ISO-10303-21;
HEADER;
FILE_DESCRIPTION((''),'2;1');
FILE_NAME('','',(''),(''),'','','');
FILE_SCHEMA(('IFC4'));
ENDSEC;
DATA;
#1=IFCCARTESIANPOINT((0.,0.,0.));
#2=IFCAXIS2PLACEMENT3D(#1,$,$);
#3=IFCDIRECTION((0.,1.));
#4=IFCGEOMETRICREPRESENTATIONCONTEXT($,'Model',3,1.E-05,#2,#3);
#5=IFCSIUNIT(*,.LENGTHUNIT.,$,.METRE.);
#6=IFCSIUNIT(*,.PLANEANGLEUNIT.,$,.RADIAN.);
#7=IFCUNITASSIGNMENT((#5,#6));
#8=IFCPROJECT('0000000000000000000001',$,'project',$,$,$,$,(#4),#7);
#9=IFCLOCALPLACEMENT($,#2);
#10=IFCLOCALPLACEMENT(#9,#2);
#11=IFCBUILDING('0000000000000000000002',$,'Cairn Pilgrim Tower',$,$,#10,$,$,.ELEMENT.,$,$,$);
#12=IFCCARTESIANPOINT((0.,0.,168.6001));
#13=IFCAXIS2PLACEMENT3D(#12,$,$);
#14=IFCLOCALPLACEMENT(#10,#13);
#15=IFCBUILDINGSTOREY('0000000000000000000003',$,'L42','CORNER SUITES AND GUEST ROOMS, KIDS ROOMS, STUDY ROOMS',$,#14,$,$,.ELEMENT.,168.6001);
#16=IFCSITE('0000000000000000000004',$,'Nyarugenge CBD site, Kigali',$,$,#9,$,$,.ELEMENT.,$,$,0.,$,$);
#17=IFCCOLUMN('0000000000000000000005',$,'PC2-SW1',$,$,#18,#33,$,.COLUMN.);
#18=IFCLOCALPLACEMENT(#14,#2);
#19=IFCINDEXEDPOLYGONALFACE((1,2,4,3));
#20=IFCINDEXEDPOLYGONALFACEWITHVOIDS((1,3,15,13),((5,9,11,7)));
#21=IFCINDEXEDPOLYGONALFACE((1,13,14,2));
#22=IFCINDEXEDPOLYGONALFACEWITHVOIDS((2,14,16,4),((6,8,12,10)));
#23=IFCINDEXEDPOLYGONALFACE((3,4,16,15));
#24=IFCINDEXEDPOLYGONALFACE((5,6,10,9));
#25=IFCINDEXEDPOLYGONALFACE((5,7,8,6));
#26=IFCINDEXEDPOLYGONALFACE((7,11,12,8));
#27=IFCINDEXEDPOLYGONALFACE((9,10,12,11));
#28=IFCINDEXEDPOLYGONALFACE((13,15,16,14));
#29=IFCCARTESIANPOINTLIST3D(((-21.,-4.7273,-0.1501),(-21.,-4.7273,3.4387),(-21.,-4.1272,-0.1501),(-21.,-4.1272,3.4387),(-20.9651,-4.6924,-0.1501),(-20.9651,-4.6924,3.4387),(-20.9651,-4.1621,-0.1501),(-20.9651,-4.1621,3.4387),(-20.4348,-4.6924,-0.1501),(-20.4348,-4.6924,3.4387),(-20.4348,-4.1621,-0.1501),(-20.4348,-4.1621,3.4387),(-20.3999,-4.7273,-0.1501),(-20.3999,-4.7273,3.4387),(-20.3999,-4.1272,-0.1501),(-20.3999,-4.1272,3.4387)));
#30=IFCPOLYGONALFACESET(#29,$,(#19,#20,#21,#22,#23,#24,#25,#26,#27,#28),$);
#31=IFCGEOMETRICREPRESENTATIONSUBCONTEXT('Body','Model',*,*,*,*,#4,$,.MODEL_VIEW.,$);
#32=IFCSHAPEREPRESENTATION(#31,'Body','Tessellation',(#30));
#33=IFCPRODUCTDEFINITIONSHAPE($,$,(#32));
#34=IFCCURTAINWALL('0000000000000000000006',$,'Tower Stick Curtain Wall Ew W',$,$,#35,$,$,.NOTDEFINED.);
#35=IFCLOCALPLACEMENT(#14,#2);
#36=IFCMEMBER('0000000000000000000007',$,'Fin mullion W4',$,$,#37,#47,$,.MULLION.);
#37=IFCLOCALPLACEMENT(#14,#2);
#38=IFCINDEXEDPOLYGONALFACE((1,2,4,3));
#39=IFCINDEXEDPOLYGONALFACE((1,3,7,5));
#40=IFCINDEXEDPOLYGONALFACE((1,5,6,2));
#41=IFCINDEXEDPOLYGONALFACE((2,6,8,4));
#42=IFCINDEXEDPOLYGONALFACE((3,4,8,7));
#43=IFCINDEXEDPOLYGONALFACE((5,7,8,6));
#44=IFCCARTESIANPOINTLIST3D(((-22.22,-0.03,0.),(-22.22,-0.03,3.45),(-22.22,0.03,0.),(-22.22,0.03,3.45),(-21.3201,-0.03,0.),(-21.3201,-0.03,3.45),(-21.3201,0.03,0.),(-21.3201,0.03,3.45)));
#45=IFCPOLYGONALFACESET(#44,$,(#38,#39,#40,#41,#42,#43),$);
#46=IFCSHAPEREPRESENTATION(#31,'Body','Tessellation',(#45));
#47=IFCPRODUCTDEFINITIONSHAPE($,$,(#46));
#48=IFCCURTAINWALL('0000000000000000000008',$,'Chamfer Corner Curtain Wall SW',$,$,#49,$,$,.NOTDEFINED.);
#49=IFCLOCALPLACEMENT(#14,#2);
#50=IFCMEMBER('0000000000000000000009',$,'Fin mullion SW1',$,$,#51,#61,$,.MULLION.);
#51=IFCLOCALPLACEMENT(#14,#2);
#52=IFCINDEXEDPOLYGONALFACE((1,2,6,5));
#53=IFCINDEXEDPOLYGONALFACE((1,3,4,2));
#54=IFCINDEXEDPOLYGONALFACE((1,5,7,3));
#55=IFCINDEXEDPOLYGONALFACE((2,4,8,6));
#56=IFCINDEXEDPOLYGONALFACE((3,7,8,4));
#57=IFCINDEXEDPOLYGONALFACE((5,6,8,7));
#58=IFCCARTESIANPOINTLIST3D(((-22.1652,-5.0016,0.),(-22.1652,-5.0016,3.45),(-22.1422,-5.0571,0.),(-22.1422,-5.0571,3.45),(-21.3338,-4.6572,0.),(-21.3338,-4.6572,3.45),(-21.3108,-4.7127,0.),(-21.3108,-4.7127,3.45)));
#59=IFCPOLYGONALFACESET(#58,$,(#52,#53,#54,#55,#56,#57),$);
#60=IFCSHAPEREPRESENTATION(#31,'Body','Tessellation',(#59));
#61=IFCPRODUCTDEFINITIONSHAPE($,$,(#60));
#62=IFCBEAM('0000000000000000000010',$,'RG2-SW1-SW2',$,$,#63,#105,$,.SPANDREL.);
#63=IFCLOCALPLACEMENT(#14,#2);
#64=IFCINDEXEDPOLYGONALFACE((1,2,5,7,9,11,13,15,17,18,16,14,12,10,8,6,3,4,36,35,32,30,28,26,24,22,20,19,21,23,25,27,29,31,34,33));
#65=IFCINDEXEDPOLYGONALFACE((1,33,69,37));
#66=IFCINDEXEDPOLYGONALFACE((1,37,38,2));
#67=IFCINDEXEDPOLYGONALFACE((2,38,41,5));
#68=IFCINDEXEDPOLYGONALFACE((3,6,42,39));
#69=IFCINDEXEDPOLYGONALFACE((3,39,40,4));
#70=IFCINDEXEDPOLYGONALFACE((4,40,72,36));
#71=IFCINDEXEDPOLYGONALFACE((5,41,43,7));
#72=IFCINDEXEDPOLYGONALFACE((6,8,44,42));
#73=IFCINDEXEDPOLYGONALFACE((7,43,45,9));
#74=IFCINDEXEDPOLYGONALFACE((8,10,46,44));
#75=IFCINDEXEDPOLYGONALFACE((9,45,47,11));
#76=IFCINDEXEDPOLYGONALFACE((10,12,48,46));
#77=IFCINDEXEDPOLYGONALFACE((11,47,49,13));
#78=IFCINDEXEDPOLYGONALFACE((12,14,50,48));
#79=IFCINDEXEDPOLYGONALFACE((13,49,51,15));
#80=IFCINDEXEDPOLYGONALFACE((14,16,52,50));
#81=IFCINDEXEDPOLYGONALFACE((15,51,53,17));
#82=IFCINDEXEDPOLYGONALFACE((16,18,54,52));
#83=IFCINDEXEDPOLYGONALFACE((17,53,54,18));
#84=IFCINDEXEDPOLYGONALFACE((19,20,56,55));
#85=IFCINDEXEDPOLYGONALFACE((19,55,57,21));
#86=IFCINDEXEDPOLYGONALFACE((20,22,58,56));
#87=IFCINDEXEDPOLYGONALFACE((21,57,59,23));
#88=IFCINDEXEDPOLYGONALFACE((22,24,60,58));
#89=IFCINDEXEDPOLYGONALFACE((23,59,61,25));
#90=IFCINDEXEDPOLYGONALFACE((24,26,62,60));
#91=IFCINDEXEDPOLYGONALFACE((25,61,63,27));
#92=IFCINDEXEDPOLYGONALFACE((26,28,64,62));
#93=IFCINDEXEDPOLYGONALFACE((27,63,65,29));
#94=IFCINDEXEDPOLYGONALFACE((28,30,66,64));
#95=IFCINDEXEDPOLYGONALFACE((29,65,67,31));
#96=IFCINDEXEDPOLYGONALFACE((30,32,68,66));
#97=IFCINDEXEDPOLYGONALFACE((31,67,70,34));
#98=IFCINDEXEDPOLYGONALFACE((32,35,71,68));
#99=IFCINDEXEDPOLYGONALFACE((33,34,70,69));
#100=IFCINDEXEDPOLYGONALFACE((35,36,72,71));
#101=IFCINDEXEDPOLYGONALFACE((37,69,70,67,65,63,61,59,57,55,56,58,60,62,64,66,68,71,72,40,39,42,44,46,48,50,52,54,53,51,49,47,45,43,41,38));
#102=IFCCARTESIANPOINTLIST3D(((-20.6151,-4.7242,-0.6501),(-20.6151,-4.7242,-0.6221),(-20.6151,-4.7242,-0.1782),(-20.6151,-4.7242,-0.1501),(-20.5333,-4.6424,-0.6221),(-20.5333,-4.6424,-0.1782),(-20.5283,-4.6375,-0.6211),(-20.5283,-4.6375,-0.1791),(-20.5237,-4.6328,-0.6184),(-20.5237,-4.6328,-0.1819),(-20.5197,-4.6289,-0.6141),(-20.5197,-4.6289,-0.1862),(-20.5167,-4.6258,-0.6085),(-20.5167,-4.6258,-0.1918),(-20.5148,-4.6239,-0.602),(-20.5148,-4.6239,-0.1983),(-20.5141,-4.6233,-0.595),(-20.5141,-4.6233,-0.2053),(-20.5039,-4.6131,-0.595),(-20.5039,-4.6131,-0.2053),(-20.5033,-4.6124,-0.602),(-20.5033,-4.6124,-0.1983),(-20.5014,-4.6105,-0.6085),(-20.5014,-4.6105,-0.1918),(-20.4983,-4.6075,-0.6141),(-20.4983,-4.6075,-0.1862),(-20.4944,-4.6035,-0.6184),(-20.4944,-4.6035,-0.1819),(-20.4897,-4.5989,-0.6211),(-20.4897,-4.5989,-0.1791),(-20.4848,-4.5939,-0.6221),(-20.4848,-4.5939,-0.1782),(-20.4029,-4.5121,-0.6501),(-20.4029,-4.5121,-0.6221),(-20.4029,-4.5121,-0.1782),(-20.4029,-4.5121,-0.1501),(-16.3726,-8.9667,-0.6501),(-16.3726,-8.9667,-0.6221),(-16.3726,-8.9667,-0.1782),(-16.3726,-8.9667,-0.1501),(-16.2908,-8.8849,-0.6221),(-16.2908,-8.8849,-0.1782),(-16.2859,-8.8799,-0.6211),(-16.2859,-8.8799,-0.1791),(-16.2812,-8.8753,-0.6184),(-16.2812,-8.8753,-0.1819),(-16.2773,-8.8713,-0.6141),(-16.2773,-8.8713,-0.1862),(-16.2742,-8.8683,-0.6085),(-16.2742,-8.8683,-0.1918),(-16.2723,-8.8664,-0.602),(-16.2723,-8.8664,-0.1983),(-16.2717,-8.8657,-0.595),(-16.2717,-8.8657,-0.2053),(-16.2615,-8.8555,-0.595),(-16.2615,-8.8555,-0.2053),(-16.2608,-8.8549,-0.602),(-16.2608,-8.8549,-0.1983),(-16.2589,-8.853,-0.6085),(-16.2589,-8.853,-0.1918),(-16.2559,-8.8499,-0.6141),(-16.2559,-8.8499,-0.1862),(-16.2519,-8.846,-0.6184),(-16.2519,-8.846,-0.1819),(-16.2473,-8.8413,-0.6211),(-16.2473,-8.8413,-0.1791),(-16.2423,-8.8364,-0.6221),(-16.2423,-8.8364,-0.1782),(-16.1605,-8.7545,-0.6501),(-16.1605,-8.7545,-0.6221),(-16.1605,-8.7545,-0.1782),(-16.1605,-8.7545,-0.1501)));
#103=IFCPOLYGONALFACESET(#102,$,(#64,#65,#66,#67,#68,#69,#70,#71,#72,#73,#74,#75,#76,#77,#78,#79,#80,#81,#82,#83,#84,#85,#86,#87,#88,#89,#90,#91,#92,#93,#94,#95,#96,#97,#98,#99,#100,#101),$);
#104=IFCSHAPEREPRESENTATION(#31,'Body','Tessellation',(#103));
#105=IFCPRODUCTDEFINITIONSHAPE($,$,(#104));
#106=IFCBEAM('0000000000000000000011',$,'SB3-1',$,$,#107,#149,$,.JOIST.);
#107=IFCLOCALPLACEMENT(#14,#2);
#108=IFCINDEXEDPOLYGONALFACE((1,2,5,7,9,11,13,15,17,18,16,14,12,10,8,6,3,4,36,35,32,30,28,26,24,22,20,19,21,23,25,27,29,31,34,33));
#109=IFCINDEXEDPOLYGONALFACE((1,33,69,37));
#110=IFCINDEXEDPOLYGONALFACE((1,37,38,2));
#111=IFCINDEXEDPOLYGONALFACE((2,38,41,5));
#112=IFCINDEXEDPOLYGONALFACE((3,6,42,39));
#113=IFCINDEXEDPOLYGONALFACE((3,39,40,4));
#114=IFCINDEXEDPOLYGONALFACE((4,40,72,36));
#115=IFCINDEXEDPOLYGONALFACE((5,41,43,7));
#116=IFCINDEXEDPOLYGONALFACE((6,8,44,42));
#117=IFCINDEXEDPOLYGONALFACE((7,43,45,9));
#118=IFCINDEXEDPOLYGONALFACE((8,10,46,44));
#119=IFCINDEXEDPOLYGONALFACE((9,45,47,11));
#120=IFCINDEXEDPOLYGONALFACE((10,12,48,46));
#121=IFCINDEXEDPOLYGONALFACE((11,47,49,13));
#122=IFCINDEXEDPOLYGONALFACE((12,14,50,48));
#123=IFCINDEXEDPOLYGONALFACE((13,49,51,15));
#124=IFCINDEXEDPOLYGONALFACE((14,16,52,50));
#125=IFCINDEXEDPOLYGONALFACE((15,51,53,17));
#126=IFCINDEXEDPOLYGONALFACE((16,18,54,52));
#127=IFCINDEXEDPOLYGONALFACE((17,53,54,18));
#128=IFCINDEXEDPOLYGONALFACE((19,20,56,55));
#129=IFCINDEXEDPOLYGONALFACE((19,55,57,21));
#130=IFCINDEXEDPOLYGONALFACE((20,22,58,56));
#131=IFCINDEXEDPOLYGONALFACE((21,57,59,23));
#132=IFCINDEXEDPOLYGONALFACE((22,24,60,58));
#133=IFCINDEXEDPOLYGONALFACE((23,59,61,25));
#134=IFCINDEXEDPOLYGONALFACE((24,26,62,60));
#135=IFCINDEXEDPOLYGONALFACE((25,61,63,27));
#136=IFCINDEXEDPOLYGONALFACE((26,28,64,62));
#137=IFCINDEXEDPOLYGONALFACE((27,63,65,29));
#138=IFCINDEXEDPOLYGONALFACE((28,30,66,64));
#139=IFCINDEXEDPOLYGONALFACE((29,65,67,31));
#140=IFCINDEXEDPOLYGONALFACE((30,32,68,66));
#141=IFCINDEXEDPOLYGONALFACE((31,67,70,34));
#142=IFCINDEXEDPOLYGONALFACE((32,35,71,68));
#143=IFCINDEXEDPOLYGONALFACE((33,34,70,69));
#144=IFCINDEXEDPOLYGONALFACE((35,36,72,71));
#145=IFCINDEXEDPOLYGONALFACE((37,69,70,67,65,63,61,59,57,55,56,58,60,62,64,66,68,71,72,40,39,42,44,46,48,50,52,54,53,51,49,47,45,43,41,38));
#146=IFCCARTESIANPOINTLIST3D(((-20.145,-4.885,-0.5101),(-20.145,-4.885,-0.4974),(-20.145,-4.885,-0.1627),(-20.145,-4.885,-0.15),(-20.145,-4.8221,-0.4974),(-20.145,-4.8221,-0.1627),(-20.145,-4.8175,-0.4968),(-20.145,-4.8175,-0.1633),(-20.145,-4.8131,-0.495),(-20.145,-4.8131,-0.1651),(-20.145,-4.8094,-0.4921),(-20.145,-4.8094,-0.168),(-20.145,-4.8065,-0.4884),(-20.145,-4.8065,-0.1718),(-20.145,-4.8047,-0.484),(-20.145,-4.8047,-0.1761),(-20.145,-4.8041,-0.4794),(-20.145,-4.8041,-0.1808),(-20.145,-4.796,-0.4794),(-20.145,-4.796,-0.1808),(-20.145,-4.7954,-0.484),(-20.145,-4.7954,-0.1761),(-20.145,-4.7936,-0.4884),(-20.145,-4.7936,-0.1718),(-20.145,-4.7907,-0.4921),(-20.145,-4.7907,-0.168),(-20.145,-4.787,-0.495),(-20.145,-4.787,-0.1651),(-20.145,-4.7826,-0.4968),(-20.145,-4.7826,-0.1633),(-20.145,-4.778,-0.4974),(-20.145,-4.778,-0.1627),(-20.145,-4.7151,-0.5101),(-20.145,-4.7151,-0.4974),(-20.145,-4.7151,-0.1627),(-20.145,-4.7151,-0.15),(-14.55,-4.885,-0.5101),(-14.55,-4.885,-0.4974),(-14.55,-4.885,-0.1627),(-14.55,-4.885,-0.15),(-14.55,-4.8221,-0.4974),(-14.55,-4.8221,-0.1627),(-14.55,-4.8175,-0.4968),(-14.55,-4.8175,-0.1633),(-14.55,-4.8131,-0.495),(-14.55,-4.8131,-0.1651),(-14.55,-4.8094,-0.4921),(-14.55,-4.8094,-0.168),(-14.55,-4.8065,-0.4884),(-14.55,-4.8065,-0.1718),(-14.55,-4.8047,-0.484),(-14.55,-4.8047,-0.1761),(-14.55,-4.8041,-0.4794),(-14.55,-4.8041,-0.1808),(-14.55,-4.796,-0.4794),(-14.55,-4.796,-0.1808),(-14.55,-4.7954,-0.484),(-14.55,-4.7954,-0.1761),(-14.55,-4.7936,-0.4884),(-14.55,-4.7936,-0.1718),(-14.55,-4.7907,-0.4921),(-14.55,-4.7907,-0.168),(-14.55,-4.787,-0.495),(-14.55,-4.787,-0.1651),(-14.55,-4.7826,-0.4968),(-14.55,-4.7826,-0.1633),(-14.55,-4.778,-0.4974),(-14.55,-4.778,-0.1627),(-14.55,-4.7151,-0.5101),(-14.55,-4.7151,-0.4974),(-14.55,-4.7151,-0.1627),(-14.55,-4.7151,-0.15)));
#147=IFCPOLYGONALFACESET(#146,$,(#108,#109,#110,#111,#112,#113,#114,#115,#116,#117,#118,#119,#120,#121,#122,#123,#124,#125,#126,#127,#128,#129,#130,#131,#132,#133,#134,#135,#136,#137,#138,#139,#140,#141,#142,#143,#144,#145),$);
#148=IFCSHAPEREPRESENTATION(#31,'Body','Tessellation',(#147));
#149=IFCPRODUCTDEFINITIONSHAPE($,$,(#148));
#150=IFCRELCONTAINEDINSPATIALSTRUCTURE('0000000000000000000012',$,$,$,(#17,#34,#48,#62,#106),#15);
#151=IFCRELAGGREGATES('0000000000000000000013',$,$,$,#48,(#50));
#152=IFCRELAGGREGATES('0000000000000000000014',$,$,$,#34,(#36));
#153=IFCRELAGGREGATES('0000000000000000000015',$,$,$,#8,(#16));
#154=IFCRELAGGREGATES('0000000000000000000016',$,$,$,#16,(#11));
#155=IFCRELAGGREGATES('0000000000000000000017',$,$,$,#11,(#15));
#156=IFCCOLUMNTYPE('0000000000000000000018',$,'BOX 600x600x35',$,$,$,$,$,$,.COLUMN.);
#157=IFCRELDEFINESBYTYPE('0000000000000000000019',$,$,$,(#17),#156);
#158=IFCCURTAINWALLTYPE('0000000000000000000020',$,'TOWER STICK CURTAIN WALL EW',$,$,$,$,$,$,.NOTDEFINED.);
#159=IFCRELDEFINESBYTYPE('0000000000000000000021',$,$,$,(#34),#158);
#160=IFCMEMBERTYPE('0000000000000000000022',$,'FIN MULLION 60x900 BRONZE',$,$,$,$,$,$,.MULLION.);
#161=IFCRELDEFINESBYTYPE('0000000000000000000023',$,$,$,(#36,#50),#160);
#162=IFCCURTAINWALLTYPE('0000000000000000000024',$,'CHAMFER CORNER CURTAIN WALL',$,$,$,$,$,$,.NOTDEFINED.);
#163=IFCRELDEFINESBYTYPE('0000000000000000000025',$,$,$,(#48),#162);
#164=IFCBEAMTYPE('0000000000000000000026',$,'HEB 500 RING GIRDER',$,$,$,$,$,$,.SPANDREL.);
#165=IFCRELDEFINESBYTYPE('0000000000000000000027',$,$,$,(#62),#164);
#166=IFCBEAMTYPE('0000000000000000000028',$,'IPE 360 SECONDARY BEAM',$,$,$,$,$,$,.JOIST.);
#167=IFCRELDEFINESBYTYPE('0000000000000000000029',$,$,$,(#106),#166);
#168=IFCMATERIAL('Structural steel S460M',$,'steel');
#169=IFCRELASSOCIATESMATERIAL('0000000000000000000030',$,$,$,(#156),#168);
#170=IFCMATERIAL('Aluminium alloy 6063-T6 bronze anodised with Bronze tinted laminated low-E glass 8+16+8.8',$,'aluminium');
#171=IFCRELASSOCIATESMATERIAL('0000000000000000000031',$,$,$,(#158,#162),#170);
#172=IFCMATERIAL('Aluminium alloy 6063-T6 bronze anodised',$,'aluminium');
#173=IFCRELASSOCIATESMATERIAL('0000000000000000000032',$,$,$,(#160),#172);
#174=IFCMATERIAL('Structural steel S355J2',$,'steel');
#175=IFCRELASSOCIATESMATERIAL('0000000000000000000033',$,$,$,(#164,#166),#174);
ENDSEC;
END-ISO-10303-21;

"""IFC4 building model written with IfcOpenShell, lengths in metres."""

from ifc_helpers import new_model, si_unit, direction, frame, origin, origin_2d, place, context, subcontext, project, spatial, rectangle, hollow_rectangle, i_section, extrude, clip, halfspace, material, material_profile, profile_set, type_object, element, aggregate, save


model = new_model("IFC4")

# Units and contexts
model_context = context("Model", 3, precision=1e-05, world=origin(), true_north=direction((0.0, 1.0)))
body_context = subcontext(model_context, "Body", "Model", "MODEL_VIEW")
ifc_project = project(units=[si_unit("LENGTHUNIT", "METRE"), si_unit("PLANEANGLEUNIT", "RADIAN")], contexts=[model_context])

# Site, building, storey
site_placement = place(None, origin())
site = spatial("IfcSite", under=ifc_project, at=site_placement, Name="Nyarugenge CBD site, Kigali", CompositionType="ELEMENT", RefElevation=0.0)
building_placement = place(site_placement, origin())
building = spatial("IfcBuilding", under=site, at=building_placement, Name="Cairn Pilgrim Tower", CompositionType="ELEMENT")
storey_placement = place(building_placement, frame((0.0, 0.0, 168.6001)))
storey = spatial("IfcBuildingStorey", under=building, at=storey_placement, Name="L42", Description="CORNER SUITES AND GUEST ROOMS, KIDS ROOMS, STUDY ROOMS", CompositionType="ELEMENT", Elevation=168.6001)

# Column
ifc_material_1 = material(Name="Structural steel S460M", Category="steel")
ifc_material_profile_1 = material_profile(ifc_material_1, hollow_rectangle(XDim=0.6001, YDim=0.6001, WallThickness=0.0349, at=origin_2d()), Name="BOX 600x600x35")
ifc_profile_set_1 = profile_set([ifc_material_profile_1], Name="Structural steel S460M")
column_type = type_object("IfcColumnType", Name="BOX 600x600x35", PredefinedType="COLUMN", material=ifc_profile_set_1)
column_placement = place(storey_placement, frame((-20.7, -4.4272, -0.1501), z_axis=(0.0, 0.0, 1.0), x_axis=(1.0, 0.0, 0.0)))
element("IfcColumn", 1, at=column_placement, inside=storey, type_object=column_type, Name="PC2-SW1", PredefinedType="COLUMN", context=body_context, shape_type="Clipping", body=[
    clip(extrude(hollow_rectangle(XDim=0.6001, YDim=0.6001, WallThickness=0.0349, at=origin_2d()), origin(), (0.0, 0.0, 1.0), 3.6001), halfspace(frame((0.0, 0.0, 3.5889), z_axis=(0.0, 0.0, 1.0), x_axis=(1.0, 0.0, 0.0)), False)),
])

# Curtain walls, members
ifc_material_2 = material(Name="Aluminium alloy 6063-T6 bronze anodised with Bronze tinted laminated low-E glass 8+16+8.8", Category="aluminium")
curtain_wall_type_1 = type_object("IfcCurtainWallType", Name="TOWER STICK CURTAIN WALL EW", PredefinedType="NOTDEFINED", material=ifc_material_2)
curtain_wall_1_placement = place(storey_placement, origin())
curtain_wall_1 = element("IfcCurtainWall", 2, at=curtain_wall_1_placement, inside=storey, type_object=curtain_wall_type_1, Name="Tower Stick Curtain Wall Ew W", PredefinedType="NOTDEFINED")
ifc_material_3 = material(Name="Aluminium alloy 6063-T6 bronze anodised", Category="aluminium")
ifc_material_profile_2 = material_profile(ifc_material_3, rectangle(XDim=0.8999, YDim=0.0601, at=origin_2d()), Name="FIN MULLION 60x900 BRONZE")
ifc_profile_set_2 = profile_set([ifc_material_profile_2], Name="Aluminium alloy 6063-T6 bronze anodised")
member_type_1 = type_object("IfcMemberType", Name="FIN MULLION 60x900 BRONZE", PredefinedType="MULLION", material=ifc_profile_set_2)
member_1_placement = place(storey_placement, frame((-21.77, 0.0, 0.0), z_axis=(0.0, 0.0, 1.0), x_axis=(-1.0, 0.0, 0.0)))
member_1 = element("IfcMember", 3, at=member_1_placement, type_object=member_type_1, Name="Fin mullion W4", PredefinedType="MULLION", context=body_context, shape_type="SweptSolid", body=[
    extrude(rectangle(XDim=0.8999, YDim=0.0601, at=origin_2d()), origin(), (0.0, 0.0, 1.0), 3.45),
])
curtain_wall_type_2 = type_object("IfcCurtainWallType", Name="CHAMFER CORNER CURTAIN WALL", PredefinedType="NOTDEFINED", material=ifc_material_2)
curtain_wall_2_placement = place(storey_placement, origin())
curtain_wall_2 = element("IfcCurtainWall", 4, at=curtain_wall_2_placement, inside=storey, type_object=curtain_wall_type_2, Name="Chamfer Corner Curtain Wall SW", PredefinedType="NOTDEFINED")
member_2_placement = place(storey_placement, frame((-21.738, -4.8572, 0.0), z_axis=(0.0, 0.0, 1.0), x_axis=(-0.92388, -0.382683, 0.0)))
member_2 = element("IfcMember", 5, at=member_2_placement, type_object=member_type_1, Name="Fin mullion SW1", PredefinedType="MULLION", context=body_context, shape_type="SweptSolid", body=[
    extrude(rectangle(XDim=0.8999, YDim=0.0601, at=origin_2d()), origin(), (0.0, 0.0, 1.0), 3.45),
])

# Beams
ifc_material_4 = material(Name="Structural steel S355J2", Category="steel")
ifc_material_profile_3 = material_profile(ifc_material_4, i_section(OverallWidth=0.3, OverallDepth=0.5, WebThickness=0.0144, FlangeThickness=0.0281, FilletRadius=0.0271, at=origin_2d()), Name="HEB 500")
ifc_profile_set_3 = profile_set([ifc_material_profile_3], Name="Structural steel S355J2")
beam_type_1 = type_object("IfcBeamType", Name="HEB 500 RING GIRDER", PredefinedType="SPANDREL", material=ifc_profile_set_3)
beam_1_placement = place(storey_placement, frame((-20.509, -4.6182, -0.4001), z_axis=(0.707107, -0.707107, 0.0), x_axis=(0.707107, 0.707107, 0.0)))
element("IfcBeam", 6, at=beam_1_placement, inside=storey, type_object=beam_type_1, Name="RG2-SW1-SW2", PredefinedType="SPANDREL", context=body_context, shape_type="SweptSolid", body=[
    extrude(i_section(OverallWidth=0.3, OverallDepth=0.5, WebThickness=0.0144, FlangeThickness=0.0281, FilletRadius=0.0271, at=origin_2d()), origin(), (0.0, 0.0, 1.0), 5.9998),
])
ifc_material_profile_4 = material_profile(ifc_material_4, i_section(OverallWidth=0.1699, OverallDepth=0.3601, WebThickness=0.0081, FlangeThickness=0.0127, FilletRadius=0.0181, at=origin_2d()), Name="IPE 360")
ifc_profile_set_4 = profile_set([ifc_material_profile_4], Name="Structural steel S355J2")
beam_type_2 = type_object("IfcBeamType", Name="IPE 360 SECONDARY BEAM", PredefinedType="JOIST", material=ifc_profile_set_4)
beam_2_placement = place(storey_placement, frame((-20.145, -4.8, -0.3301), z_axis=(1.0, 0.0, 0.0), x_axis=(0.0, 1.0, 0.0)))
element("IfcBeam", 7, at=beam_2_placement, inside=storey, type_object=beam_type_2, Name="SB3-1", PredefinedType="JOIST", context=body_context, shape_type="SweptSolid", body=[
    extrude(i_section(OverallWidth=0.1699, OverallDepth=0.3601, WebThickness=0.0081, FlangeThickness=0.0127, FilletRadius=0.0181, at=origin_2d()), origin(), (0.0, 0.0, 1.0), 5.595),
])

aggregate(curtain_wall_2, [member_2])
aggregate(curtain_wall_1, [member_1])

save(model, "model.ifc")
